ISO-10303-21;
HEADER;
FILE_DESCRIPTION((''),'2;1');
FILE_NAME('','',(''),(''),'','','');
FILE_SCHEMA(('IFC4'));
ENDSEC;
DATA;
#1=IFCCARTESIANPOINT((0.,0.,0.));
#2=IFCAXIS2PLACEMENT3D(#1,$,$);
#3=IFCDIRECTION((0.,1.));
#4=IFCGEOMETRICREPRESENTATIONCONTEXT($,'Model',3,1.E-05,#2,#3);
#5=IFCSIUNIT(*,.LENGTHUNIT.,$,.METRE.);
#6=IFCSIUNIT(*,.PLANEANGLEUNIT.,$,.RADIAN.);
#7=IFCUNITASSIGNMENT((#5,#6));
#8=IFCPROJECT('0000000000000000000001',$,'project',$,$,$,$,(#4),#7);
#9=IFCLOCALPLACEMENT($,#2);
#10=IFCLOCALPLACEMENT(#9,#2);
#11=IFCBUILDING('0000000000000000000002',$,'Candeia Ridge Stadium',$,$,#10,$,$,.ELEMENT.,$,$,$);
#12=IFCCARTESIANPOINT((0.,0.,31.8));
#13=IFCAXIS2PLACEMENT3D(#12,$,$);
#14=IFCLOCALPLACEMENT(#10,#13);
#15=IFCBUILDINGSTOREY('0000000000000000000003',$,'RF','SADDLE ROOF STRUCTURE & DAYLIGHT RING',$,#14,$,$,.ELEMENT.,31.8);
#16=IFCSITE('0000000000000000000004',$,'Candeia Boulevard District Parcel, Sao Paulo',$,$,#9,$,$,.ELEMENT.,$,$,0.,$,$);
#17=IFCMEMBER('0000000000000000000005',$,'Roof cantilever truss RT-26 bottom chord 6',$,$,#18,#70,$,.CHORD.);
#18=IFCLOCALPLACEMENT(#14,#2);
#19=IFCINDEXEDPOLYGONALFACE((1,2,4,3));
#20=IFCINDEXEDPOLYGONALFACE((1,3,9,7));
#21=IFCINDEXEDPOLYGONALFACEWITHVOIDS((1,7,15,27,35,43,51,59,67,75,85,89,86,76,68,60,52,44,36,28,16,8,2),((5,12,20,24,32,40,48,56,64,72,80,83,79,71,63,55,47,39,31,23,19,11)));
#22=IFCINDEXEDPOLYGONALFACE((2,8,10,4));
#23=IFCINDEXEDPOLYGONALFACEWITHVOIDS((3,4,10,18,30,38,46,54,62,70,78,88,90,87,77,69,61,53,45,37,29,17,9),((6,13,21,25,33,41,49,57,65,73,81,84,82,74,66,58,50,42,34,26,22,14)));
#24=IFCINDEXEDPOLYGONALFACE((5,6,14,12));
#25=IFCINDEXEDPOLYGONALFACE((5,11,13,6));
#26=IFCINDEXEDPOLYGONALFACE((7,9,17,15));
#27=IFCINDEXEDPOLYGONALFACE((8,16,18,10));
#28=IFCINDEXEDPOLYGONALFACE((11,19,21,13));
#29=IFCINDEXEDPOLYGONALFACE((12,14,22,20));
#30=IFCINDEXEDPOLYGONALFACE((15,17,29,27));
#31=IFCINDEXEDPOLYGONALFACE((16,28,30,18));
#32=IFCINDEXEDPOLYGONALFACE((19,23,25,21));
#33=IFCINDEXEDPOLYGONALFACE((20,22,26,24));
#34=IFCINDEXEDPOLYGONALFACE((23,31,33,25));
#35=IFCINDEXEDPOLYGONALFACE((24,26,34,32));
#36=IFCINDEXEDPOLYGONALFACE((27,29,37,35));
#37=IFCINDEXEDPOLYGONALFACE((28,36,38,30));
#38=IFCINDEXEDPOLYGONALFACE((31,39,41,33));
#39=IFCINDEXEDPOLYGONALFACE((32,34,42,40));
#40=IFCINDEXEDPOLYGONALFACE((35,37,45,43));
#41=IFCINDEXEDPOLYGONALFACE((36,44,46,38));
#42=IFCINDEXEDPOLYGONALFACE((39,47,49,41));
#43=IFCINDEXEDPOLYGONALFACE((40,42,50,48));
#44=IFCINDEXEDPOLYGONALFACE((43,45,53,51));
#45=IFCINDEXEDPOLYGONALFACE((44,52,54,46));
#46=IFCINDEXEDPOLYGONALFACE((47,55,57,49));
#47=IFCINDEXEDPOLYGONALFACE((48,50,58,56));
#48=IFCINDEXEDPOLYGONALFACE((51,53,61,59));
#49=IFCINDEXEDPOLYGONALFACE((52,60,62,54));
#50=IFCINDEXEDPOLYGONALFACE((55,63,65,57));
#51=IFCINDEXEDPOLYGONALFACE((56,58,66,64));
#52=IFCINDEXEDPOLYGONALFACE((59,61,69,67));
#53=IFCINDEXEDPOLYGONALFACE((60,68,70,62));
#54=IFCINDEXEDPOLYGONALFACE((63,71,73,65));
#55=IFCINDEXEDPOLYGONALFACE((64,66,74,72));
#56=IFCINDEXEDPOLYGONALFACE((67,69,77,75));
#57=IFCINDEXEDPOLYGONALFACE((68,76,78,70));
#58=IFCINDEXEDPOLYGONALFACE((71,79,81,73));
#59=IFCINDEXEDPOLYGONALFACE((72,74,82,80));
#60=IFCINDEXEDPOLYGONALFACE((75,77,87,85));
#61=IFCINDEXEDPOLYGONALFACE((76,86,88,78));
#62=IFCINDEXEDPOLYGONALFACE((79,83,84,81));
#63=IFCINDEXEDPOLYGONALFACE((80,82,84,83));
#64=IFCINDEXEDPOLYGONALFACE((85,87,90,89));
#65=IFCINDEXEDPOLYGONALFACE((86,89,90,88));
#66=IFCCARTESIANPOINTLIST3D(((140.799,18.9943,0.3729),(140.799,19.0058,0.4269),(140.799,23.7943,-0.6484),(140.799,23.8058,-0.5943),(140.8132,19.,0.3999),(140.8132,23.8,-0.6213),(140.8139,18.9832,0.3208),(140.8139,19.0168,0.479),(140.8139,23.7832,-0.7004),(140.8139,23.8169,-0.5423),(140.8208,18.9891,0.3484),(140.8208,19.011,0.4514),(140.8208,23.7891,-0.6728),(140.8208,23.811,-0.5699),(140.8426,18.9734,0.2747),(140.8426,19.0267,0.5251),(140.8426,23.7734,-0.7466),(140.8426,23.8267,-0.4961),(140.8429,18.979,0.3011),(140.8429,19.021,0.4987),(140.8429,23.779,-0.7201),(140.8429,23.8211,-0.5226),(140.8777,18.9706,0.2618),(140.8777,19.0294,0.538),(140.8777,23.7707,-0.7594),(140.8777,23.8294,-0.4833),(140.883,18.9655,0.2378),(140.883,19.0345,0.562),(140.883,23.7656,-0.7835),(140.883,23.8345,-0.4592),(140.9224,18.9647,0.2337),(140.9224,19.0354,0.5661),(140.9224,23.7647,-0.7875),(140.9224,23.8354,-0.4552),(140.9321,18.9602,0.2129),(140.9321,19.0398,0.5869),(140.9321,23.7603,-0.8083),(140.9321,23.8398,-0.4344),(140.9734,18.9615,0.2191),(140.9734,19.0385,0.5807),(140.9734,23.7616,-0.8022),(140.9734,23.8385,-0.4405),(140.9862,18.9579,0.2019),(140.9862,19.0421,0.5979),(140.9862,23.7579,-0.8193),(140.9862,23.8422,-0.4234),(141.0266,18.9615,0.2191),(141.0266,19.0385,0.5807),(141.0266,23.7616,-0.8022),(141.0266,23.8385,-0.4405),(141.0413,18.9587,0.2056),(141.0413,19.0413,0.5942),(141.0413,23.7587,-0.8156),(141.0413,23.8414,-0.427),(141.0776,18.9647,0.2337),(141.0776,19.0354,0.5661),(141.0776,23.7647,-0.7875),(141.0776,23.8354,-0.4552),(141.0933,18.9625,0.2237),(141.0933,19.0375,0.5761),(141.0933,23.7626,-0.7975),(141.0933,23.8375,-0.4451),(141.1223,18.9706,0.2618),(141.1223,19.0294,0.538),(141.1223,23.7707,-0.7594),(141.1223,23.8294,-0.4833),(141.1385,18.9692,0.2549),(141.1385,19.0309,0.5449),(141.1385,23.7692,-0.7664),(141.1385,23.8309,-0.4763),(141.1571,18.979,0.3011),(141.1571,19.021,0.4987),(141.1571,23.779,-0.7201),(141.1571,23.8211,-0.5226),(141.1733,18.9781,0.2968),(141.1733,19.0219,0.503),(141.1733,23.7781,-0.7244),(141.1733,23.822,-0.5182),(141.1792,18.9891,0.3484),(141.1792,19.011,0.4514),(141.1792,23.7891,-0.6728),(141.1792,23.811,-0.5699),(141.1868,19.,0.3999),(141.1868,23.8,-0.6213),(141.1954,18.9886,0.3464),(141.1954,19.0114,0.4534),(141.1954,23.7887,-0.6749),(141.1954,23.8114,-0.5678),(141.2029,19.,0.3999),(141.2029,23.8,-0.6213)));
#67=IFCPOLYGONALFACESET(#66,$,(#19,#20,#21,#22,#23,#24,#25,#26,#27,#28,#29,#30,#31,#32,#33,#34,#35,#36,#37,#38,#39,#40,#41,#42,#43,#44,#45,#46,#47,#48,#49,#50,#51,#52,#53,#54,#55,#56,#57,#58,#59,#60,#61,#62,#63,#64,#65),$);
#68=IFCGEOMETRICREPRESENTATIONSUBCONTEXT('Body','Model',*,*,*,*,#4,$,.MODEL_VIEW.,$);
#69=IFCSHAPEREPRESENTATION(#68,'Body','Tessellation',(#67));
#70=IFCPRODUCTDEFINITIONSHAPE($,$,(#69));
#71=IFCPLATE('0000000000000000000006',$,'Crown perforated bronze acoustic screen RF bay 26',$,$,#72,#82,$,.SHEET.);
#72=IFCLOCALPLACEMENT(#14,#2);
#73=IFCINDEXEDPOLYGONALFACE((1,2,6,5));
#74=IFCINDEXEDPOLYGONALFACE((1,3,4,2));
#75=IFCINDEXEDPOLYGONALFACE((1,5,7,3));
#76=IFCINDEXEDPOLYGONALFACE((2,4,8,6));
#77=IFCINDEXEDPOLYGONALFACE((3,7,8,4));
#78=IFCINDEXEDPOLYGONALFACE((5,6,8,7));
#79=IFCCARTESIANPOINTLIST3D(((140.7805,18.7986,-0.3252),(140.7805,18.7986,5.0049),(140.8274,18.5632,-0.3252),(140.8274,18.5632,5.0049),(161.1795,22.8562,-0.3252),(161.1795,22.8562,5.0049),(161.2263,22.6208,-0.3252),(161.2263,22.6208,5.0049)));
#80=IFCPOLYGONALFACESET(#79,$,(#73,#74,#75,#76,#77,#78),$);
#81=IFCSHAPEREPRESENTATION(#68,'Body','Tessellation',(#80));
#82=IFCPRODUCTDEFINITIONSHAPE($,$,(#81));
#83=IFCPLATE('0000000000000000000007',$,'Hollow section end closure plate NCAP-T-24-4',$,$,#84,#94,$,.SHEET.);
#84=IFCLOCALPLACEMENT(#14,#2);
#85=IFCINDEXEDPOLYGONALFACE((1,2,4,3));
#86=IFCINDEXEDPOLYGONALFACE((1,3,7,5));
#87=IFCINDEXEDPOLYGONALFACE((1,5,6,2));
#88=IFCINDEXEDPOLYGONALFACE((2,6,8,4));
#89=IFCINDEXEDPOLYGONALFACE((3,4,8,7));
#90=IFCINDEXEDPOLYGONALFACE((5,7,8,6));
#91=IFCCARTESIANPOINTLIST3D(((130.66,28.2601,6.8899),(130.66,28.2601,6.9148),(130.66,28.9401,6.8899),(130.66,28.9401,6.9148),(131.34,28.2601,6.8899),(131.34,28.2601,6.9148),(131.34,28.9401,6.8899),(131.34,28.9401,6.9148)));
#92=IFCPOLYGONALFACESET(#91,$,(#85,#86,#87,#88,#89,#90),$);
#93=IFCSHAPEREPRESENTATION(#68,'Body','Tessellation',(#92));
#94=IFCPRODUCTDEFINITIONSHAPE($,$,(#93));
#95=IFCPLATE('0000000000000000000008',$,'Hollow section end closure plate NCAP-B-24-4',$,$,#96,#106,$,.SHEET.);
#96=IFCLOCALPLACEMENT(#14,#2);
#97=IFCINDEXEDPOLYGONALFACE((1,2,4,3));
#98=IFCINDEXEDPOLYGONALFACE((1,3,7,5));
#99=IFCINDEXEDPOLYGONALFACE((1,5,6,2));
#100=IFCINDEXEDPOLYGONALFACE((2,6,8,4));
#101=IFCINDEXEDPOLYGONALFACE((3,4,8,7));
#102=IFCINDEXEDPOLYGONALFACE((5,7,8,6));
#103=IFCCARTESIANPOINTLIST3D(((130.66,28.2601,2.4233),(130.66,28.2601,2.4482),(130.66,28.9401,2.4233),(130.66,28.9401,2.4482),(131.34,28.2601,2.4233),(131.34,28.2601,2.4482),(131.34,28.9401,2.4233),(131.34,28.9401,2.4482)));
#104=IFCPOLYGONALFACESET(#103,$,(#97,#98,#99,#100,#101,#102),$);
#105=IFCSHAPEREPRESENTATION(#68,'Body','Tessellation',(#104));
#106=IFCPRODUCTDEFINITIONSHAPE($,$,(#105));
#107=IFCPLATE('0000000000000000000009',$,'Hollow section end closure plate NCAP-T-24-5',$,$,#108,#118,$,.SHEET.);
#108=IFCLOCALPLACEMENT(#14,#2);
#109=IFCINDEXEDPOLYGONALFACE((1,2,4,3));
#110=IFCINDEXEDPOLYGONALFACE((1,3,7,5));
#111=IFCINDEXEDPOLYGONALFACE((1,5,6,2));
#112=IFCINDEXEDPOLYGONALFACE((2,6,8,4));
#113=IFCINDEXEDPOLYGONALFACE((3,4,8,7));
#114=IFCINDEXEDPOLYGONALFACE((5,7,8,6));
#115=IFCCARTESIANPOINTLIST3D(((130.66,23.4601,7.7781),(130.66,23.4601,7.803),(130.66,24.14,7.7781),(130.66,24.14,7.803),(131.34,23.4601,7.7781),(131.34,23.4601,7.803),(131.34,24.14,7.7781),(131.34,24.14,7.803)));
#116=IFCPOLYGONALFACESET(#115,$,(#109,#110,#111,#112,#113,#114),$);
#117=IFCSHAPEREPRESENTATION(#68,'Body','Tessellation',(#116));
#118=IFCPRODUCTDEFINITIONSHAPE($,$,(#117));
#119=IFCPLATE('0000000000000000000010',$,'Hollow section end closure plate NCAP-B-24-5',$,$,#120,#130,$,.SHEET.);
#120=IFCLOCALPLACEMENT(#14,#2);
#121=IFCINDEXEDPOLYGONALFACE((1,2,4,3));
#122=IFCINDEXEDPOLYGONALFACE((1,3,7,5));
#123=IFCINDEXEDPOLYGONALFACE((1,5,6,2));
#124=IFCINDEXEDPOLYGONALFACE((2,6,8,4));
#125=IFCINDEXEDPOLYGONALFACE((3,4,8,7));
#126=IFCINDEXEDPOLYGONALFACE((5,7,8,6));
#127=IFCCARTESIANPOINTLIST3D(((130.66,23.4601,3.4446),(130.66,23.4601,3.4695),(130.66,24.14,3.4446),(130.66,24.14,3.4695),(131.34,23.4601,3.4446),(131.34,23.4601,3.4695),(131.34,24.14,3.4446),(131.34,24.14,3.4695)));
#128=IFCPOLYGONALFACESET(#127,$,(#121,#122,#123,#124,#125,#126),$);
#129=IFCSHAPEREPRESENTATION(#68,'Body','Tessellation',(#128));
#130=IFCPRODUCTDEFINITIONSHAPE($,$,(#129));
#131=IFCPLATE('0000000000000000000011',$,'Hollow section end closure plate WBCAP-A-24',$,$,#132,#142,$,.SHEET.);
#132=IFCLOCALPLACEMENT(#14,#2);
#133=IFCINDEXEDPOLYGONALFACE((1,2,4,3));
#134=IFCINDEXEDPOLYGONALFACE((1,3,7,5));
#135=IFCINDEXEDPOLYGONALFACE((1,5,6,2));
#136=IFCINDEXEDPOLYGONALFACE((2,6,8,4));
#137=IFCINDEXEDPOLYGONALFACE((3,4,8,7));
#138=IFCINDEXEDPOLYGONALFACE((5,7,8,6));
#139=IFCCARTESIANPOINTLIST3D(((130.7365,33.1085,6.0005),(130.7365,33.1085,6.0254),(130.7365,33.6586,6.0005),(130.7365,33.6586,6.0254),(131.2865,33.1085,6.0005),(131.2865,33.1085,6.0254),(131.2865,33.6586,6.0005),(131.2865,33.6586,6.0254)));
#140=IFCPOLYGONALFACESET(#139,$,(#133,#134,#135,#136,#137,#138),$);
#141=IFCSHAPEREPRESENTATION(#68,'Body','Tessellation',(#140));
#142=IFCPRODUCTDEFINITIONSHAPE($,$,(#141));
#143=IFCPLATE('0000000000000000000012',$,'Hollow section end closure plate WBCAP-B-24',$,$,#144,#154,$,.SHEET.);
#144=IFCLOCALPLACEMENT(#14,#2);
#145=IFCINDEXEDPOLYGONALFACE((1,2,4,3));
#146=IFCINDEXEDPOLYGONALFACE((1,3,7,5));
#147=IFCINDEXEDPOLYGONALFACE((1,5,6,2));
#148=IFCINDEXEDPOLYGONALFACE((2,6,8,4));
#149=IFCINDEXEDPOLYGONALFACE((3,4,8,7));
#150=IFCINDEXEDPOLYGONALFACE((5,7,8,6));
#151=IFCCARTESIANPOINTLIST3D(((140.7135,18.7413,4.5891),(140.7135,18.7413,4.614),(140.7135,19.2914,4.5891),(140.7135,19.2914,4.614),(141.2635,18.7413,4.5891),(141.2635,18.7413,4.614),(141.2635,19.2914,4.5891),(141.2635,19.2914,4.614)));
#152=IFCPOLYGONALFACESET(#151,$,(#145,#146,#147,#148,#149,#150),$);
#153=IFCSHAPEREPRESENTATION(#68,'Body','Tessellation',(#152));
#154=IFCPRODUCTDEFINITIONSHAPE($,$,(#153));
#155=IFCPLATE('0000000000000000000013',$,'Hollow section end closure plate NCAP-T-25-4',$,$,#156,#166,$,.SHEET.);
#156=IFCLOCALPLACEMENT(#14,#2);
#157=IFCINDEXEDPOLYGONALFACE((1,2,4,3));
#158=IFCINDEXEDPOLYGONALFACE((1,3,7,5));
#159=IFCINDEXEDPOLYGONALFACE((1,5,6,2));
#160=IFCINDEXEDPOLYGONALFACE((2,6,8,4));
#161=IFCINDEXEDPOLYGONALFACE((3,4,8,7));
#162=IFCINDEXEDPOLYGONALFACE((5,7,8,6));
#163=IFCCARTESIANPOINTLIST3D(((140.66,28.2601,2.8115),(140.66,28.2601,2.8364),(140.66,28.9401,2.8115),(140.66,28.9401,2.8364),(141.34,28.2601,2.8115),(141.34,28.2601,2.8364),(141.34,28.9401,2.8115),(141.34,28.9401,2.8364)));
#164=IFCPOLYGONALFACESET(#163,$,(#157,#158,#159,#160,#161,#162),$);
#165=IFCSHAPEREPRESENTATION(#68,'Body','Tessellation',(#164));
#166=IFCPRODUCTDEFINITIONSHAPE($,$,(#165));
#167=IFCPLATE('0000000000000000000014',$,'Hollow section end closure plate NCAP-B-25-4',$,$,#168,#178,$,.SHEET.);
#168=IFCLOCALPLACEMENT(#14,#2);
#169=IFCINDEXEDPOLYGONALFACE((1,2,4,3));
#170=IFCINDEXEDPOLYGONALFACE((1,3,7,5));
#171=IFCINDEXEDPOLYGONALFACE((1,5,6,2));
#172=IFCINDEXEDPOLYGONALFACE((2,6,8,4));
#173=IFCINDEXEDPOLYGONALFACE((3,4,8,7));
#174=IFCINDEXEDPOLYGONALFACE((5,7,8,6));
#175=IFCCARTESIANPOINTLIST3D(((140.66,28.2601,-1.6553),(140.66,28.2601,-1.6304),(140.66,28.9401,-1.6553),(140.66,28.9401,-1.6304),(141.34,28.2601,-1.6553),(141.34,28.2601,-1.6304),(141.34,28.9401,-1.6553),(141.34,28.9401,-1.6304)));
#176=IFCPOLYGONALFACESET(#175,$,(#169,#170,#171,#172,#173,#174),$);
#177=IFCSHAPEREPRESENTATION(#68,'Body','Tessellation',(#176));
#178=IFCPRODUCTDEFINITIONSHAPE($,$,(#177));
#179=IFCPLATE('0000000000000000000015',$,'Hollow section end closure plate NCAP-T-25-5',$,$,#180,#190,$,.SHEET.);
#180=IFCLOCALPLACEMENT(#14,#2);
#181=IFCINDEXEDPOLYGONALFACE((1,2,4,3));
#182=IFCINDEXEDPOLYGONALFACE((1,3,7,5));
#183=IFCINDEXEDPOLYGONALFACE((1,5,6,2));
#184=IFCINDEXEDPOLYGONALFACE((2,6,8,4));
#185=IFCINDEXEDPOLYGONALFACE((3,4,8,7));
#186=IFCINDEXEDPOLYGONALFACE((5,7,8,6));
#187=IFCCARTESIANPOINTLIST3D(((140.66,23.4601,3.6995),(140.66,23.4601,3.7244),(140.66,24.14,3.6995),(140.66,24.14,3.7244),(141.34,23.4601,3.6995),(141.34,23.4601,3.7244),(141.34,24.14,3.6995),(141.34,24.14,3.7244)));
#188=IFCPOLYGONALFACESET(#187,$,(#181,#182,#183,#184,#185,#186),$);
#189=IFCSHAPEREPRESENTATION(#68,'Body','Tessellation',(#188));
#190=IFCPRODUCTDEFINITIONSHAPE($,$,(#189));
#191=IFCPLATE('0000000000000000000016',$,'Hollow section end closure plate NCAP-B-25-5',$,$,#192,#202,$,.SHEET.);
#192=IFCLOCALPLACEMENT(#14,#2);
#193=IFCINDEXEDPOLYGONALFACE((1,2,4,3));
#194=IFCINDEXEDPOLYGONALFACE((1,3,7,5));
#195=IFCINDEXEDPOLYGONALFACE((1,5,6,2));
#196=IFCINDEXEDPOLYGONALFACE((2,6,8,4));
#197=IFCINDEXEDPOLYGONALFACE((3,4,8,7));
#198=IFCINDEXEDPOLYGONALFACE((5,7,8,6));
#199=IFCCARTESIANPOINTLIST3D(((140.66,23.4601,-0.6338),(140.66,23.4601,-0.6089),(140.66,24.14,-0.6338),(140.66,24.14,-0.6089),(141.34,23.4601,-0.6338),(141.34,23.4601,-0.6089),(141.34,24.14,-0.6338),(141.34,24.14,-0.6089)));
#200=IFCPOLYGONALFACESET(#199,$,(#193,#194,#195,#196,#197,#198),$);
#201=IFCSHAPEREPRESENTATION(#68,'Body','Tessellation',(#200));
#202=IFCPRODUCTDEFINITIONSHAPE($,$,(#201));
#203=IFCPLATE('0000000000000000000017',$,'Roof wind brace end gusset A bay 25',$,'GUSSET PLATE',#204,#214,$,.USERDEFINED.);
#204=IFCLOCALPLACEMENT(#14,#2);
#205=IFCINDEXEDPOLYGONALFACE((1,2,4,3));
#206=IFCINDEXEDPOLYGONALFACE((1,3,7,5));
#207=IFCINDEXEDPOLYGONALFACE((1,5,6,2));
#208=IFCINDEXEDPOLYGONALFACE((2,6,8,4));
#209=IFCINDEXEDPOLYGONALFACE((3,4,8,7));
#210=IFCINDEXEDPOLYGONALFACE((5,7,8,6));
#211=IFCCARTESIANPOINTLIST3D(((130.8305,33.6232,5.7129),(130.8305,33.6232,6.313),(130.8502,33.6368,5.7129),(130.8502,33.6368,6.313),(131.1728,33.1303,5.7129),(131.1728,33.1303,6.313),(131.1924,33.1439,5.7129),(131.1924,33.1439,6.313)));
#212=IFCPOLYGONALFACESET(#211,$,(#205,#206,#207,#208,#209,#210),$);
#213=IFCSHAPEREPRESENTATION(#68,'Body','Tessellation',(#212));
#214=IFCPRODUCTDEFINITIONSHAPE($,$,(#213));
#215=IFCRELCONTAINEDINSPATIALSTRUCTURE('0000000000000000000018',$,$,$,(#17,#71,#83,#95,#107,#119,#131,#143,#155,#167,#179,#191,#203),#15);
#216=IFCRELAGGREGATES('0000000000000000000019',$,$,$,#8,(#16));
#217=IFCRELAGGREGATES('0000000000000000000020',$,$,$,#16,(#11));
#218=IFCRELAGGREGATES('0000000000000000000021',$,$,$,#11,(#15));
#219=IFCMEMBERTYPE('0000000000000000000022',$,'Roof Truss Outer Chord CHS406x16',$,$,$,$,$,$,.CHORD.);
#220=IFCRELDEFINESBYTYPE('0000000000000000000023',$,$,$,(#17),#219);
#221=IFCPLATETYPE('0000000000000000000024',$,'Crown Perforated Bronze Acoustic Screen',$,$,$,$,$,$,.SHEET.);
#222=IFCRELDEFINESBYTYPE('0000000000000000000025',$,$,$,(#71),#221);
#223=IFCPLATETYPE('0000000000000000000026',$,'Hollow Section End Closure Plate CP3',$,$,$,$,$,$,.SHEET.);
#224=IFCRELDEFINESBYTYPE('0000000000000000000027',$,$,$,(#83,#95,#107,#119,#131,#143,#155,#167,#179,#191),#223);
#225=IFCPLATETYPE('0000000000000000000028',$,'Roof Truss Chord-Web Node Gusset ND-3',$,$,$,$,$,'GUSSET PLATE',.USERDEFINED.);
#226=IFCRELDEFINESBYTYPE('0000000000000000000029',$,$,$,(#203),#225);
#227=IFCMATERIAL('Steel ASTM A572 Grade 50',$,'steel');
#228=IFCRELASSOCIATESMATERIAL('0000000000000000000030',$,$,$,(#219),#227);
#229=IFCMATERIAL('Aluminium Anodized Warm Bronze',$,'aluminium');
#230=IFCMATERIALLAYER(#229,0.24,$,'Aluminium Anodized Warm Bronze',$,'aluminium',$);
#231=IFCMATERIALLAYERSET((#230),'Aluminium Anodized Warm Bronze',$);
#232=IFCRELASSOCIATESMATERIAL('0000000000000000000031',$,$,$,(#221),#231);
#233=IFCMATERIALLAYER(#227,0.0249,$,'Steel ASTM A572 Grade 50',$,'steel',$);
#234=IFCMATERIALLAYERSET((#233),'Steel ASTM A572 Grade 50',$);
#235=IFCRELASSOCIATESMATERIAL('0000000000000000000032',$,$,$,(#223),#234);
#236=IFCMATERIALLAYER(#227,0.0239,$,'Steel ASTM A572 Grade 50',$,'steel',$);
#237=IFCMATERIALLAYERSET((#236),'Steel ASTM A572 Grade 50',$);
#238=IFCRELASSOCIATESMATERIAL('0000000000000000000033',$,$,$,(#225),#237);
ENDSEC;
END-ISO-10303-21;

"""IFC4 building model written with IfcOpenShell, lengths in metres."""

from ifc_helpers import new_model, si_unit, direction, frame, origin, origin_2d, place, context, subcontext, project, spatial, rectangle, hollow_circle, extrude, material, layer, layer_set, material_profile, profile_set, type_object, element, save


model = new_model("IFC4")

# Units and contexts
model_context = context("Model", 3, precision=1e-05, world=origin(), true_north=direction((0.0, 1.0)))
body_context = subcontext(model_context, "Body", "Model", "MODEL_VIEW")
ifc_project = project(units=[si_unit("LENGTHUNIT", "METRE"), si_unit("PLANEANGLEUNIT", "RADIAN")], contexts=[model_context])

# Site, building, storey
site_placement = place(None, origin())
site = spatial("IfcSite", under=ifc_project, at=site_placement, Name="Candeia Boulevard District Parcel, Sao Paulo", CompositionType="ELEMENT", RefElevation=0.0)
building_placement = place(site_placement, origin())
building = spatial("IfcBuilding", under=site, at=building_placement, Name="Candeia Ridge Stadium", CompositionType="ELEMENT")
storey_placement = place(building_placement, frame((0.0, 0.0, 31.8)))
storey = spatial("IfcBuildingStorey", under=building, at=storey_placement, Name="RF", Description="SADDLE ROOF STRUCTURE & DAYLIGHT RING", CompositionType="ELEMENT", Elevation=31.8)

# Shared definitions
ifc_material_1 = material(Name="Steel ASTM A572 Grade 50", Category="steel")

# Member
ifc_material_profile_1 = material_profile(ifc_material_1, hollow_circle(Radius=0.2029, WallThickness=0.0161, at=origin_2d()), Name="CHS406x16", Category="steel")
ifc_profile_set_1 = profile_set([ifc_material_profile_1], Name="Steel ASTM A572 Grade 50")
member_type_1 = type_object("IfcMemberType", Name="Roof Truss Outer Chord CHS406x16", PredefinedType="CHORD", material=ifc_profile_set_1)
for number, where, z_axis, x_axis, name in (
    (1, (141.0, 23.8, -0.6213), (0.0, -0.978108, 0.208099), (1.0, 0.0, 0.0), "Roof cantilever truss RT-26 bottom chord 6"),
):
    element("IfcMember", number, at=place(storey_placement, frame(where, z_axis=z_axis, x_axis=x_axis)), inside=storey, type_object=member_type_1, Name=name, PredefinedType="CHORD", context=body_context, shape_type="SweptSolid", body=[
        extrude(hollow_circle(Radius=0.2029, WallThickness=0.0161, at=origin_2d()), origin(), (0.0, 0.0, 1.0), 4.9075),
    ])

# Plates
ifc_material_2 = material(Name="Aluminium Anodized Warm Bronze", Category="aluminium")
ifc_layer_1 = layer(ifc_material_2, 0.24, Name="Aluminium Anodized Warm Bronze", Category="aluminium")
ifc_layer_set_1 = layer_set([ifc_layer_1], Name="Aluminium Anodized Warm Bronze")
plate_type_1 = type_object("IfcPlateType", Name="Crown Perforated Bronze Acoustic Screen", PredefinedType="SHEET", material=ifc_layer_set_1)
plate_1_placement = place(storey_placement, frame((151.0034, 20.7097, -0.3252), z_axis=(0.0, 0.0, 1.0), x_axis=(0.980785, 0.19509, 0.0)))
element("IfcPlate", 2, at=plate_1_placement, inside=storey, type_object=plate_type_1, Name="Crown perforated bronze acoustic screen RF bay 26", PredefinedType="SHEET", context=body_context, shape_type="SweptSolid", body=[
    extrude(rectangle(XDim=20.7986, YDim=0.24, at=origin_2d()), origin(), (0.0, 0.0, 1.0), 5.3301),
])
ifc_layer_2 = layer(ifc_material_1, 0.0249, Name="Steel ASTM A572 Grade 50", Category="steel")
ifc_layer_set_2 = layer_set([ifc_layer_2], Name="Steel ASTM A572 Grade 50")
plate_type_2 = type_object("IfcPlateType", Name="Hollow Section End Closure Plate CP3", PredefinedType="SHEET", material=ifc_layer_set_2)
for number, where, z_axis, x_axis, name in (
    (3, (131.0, 28.6001, 6.8899), (0.0, 0.0, 1.0), (1.0, 0.0, 0.0), "Hollow section end closure plate NCAP-T-24-4"),
    (4, (131.0, 28.6001, 2.4233), (0.0, 0.0, 1.0), (1.0, 0.0, 0.0), "Hollow section end closure plate NCAP-B-24-4"),
    (5, (131.0, 23.8, 7.7781), (0.0, 0.0, 1.0), (1.0, 0.0, 0.0), "Hollow section end closure plate NCAP-T-24-5"),
    (6, (131.0, 23.8, 3.4446), (0.0, 0.0, 1.0), (1.0, 0.0, 0.0), "Hollow section end closure plate NCAP-B-24-5"),
):
    element("IfcPlate", number, at=place(storey_placement, frame(where, z_axis=z_axis, x_axis=x_axis)), inside=storey, type_object=plate_type_2, Name=name, PredefinedType="SHEET", context=body_context, shape_type="SweptSolid", body=[
        extrude(rectangle(XDim=0.6799, YDim=0.6799, at=origin_2d()), origin(), (0.0, 0.0, 1.0), 0.0249),
    ])
for number, where, z_axis, x_axis, name in (
    (7, (131.0115, 33.3835, 6.0005), (0.0, 0.0, 1.0), (1.0, 0.0, 0.0), "Hollow section end closure plate WBCAP-A-24"),
    (8, (140.9885, 19.0164, 4.5891), (0.0, 0.0, 1.0), (1.0, 0.0, 0.0), "Hollow section end closure plate WBCAP-B-24"),
):
    element("IfcPlate", number, at=place(storey_placement, frame(where, z_axis=z_axis, x_axis=x_axis)), inside=storey, type_object=plate_type_2, Name=name, PredefinedType="SHEET", context=body_context, shape_type="SweptSolid", body=[
        extrude(rectangle(XDim=0.55, YDim=0.55, at=origin_2d()), origin(), (0.0, 0.0, 1.0), 0.0249),
    ])
for number, where, z_axis, x_axis, name in (
    (9, (141.0, 28.6001, 2.8115), (0.0, 0.0, 1.0), (1.0, 0.0, 0.0), "Hollow section end closure plate NCAP-T-25-4"),
    (10, (141.0, 28.6001, -1.6553), (0.0, 0.0, 1.0), (1.0, 0.0, 0.0), "Hollow section end closure plate NCAP-B-25-4"),
    (11, (141.0, 23.8, 3.6995), (0.0, 0.0, 1.0), (1.0, 0.0, 0.0), "Hollow section end closure plate NCAP-T-25-5"),
    (12, (141.0, 23.8, -0.6338), (0.0, 0.0, 1.0), (1.0, 0.0, 0.0), "Hollow section end closure plate NCAP-B-25-5"),
):
    element("IfcPlate", number, at=place(storey_placement, frame(where, z_axis=z_axis, x_axis=x_axis)), inside=storey, type_object=plate_type_2, Name=name, PredefinedType="SHEET", context=body_context, shape_type="SweptSolid", body=[
        extrude(rectangle(XDim=0.6799, YDim=0.6799, at=origin_2d()), origin(), (0.0, 0.0, 1.0), 0.0249),
    ])
ifc_layer_3 = layer(ifc_material_1, 0.0239, Name="Steel ASTM A572 Grade 50", Category="steel")
ifc_layer_set_3 = layer_set([ifc_layer_3], Name="Steel ASTM A572 Grade 50")
plate_type_3 = type_object("IfcPlateType", Name="Roof Truss Chord-Web Node Gusset ND-3", ElementType="GUSSET PLATE", PredefinedType="USERDEFINED", material=ifc_layer_set_3)
for number, where, z_axis, x_axis, name in (
    (13, (131.0115, 33.3835, 5.7129), (0.0, 0.0, 1.0), (0.570395, -0.82137, 0.0), "Roof wind brace end gusset A bay 25"),
):
    element("IfcPlate", number, at=place(storey_placement, frame(where, z_axis=z_axis, x_axis=x_axis)), inside=storey, type_object=plate_type_3, Name=name, ObjectType="GUSSET PLATE", PredefinedType="USERDEFINED", context=body_context, shape_type="SweptSolid", body=[
        extrude(rectangle(XDim=0.6001, YDim=0.0239, at=origin_2d()), origin(), (0.0, 0.0, 1.0), 0.6001),
    ])

save(model, "model.ifc")
